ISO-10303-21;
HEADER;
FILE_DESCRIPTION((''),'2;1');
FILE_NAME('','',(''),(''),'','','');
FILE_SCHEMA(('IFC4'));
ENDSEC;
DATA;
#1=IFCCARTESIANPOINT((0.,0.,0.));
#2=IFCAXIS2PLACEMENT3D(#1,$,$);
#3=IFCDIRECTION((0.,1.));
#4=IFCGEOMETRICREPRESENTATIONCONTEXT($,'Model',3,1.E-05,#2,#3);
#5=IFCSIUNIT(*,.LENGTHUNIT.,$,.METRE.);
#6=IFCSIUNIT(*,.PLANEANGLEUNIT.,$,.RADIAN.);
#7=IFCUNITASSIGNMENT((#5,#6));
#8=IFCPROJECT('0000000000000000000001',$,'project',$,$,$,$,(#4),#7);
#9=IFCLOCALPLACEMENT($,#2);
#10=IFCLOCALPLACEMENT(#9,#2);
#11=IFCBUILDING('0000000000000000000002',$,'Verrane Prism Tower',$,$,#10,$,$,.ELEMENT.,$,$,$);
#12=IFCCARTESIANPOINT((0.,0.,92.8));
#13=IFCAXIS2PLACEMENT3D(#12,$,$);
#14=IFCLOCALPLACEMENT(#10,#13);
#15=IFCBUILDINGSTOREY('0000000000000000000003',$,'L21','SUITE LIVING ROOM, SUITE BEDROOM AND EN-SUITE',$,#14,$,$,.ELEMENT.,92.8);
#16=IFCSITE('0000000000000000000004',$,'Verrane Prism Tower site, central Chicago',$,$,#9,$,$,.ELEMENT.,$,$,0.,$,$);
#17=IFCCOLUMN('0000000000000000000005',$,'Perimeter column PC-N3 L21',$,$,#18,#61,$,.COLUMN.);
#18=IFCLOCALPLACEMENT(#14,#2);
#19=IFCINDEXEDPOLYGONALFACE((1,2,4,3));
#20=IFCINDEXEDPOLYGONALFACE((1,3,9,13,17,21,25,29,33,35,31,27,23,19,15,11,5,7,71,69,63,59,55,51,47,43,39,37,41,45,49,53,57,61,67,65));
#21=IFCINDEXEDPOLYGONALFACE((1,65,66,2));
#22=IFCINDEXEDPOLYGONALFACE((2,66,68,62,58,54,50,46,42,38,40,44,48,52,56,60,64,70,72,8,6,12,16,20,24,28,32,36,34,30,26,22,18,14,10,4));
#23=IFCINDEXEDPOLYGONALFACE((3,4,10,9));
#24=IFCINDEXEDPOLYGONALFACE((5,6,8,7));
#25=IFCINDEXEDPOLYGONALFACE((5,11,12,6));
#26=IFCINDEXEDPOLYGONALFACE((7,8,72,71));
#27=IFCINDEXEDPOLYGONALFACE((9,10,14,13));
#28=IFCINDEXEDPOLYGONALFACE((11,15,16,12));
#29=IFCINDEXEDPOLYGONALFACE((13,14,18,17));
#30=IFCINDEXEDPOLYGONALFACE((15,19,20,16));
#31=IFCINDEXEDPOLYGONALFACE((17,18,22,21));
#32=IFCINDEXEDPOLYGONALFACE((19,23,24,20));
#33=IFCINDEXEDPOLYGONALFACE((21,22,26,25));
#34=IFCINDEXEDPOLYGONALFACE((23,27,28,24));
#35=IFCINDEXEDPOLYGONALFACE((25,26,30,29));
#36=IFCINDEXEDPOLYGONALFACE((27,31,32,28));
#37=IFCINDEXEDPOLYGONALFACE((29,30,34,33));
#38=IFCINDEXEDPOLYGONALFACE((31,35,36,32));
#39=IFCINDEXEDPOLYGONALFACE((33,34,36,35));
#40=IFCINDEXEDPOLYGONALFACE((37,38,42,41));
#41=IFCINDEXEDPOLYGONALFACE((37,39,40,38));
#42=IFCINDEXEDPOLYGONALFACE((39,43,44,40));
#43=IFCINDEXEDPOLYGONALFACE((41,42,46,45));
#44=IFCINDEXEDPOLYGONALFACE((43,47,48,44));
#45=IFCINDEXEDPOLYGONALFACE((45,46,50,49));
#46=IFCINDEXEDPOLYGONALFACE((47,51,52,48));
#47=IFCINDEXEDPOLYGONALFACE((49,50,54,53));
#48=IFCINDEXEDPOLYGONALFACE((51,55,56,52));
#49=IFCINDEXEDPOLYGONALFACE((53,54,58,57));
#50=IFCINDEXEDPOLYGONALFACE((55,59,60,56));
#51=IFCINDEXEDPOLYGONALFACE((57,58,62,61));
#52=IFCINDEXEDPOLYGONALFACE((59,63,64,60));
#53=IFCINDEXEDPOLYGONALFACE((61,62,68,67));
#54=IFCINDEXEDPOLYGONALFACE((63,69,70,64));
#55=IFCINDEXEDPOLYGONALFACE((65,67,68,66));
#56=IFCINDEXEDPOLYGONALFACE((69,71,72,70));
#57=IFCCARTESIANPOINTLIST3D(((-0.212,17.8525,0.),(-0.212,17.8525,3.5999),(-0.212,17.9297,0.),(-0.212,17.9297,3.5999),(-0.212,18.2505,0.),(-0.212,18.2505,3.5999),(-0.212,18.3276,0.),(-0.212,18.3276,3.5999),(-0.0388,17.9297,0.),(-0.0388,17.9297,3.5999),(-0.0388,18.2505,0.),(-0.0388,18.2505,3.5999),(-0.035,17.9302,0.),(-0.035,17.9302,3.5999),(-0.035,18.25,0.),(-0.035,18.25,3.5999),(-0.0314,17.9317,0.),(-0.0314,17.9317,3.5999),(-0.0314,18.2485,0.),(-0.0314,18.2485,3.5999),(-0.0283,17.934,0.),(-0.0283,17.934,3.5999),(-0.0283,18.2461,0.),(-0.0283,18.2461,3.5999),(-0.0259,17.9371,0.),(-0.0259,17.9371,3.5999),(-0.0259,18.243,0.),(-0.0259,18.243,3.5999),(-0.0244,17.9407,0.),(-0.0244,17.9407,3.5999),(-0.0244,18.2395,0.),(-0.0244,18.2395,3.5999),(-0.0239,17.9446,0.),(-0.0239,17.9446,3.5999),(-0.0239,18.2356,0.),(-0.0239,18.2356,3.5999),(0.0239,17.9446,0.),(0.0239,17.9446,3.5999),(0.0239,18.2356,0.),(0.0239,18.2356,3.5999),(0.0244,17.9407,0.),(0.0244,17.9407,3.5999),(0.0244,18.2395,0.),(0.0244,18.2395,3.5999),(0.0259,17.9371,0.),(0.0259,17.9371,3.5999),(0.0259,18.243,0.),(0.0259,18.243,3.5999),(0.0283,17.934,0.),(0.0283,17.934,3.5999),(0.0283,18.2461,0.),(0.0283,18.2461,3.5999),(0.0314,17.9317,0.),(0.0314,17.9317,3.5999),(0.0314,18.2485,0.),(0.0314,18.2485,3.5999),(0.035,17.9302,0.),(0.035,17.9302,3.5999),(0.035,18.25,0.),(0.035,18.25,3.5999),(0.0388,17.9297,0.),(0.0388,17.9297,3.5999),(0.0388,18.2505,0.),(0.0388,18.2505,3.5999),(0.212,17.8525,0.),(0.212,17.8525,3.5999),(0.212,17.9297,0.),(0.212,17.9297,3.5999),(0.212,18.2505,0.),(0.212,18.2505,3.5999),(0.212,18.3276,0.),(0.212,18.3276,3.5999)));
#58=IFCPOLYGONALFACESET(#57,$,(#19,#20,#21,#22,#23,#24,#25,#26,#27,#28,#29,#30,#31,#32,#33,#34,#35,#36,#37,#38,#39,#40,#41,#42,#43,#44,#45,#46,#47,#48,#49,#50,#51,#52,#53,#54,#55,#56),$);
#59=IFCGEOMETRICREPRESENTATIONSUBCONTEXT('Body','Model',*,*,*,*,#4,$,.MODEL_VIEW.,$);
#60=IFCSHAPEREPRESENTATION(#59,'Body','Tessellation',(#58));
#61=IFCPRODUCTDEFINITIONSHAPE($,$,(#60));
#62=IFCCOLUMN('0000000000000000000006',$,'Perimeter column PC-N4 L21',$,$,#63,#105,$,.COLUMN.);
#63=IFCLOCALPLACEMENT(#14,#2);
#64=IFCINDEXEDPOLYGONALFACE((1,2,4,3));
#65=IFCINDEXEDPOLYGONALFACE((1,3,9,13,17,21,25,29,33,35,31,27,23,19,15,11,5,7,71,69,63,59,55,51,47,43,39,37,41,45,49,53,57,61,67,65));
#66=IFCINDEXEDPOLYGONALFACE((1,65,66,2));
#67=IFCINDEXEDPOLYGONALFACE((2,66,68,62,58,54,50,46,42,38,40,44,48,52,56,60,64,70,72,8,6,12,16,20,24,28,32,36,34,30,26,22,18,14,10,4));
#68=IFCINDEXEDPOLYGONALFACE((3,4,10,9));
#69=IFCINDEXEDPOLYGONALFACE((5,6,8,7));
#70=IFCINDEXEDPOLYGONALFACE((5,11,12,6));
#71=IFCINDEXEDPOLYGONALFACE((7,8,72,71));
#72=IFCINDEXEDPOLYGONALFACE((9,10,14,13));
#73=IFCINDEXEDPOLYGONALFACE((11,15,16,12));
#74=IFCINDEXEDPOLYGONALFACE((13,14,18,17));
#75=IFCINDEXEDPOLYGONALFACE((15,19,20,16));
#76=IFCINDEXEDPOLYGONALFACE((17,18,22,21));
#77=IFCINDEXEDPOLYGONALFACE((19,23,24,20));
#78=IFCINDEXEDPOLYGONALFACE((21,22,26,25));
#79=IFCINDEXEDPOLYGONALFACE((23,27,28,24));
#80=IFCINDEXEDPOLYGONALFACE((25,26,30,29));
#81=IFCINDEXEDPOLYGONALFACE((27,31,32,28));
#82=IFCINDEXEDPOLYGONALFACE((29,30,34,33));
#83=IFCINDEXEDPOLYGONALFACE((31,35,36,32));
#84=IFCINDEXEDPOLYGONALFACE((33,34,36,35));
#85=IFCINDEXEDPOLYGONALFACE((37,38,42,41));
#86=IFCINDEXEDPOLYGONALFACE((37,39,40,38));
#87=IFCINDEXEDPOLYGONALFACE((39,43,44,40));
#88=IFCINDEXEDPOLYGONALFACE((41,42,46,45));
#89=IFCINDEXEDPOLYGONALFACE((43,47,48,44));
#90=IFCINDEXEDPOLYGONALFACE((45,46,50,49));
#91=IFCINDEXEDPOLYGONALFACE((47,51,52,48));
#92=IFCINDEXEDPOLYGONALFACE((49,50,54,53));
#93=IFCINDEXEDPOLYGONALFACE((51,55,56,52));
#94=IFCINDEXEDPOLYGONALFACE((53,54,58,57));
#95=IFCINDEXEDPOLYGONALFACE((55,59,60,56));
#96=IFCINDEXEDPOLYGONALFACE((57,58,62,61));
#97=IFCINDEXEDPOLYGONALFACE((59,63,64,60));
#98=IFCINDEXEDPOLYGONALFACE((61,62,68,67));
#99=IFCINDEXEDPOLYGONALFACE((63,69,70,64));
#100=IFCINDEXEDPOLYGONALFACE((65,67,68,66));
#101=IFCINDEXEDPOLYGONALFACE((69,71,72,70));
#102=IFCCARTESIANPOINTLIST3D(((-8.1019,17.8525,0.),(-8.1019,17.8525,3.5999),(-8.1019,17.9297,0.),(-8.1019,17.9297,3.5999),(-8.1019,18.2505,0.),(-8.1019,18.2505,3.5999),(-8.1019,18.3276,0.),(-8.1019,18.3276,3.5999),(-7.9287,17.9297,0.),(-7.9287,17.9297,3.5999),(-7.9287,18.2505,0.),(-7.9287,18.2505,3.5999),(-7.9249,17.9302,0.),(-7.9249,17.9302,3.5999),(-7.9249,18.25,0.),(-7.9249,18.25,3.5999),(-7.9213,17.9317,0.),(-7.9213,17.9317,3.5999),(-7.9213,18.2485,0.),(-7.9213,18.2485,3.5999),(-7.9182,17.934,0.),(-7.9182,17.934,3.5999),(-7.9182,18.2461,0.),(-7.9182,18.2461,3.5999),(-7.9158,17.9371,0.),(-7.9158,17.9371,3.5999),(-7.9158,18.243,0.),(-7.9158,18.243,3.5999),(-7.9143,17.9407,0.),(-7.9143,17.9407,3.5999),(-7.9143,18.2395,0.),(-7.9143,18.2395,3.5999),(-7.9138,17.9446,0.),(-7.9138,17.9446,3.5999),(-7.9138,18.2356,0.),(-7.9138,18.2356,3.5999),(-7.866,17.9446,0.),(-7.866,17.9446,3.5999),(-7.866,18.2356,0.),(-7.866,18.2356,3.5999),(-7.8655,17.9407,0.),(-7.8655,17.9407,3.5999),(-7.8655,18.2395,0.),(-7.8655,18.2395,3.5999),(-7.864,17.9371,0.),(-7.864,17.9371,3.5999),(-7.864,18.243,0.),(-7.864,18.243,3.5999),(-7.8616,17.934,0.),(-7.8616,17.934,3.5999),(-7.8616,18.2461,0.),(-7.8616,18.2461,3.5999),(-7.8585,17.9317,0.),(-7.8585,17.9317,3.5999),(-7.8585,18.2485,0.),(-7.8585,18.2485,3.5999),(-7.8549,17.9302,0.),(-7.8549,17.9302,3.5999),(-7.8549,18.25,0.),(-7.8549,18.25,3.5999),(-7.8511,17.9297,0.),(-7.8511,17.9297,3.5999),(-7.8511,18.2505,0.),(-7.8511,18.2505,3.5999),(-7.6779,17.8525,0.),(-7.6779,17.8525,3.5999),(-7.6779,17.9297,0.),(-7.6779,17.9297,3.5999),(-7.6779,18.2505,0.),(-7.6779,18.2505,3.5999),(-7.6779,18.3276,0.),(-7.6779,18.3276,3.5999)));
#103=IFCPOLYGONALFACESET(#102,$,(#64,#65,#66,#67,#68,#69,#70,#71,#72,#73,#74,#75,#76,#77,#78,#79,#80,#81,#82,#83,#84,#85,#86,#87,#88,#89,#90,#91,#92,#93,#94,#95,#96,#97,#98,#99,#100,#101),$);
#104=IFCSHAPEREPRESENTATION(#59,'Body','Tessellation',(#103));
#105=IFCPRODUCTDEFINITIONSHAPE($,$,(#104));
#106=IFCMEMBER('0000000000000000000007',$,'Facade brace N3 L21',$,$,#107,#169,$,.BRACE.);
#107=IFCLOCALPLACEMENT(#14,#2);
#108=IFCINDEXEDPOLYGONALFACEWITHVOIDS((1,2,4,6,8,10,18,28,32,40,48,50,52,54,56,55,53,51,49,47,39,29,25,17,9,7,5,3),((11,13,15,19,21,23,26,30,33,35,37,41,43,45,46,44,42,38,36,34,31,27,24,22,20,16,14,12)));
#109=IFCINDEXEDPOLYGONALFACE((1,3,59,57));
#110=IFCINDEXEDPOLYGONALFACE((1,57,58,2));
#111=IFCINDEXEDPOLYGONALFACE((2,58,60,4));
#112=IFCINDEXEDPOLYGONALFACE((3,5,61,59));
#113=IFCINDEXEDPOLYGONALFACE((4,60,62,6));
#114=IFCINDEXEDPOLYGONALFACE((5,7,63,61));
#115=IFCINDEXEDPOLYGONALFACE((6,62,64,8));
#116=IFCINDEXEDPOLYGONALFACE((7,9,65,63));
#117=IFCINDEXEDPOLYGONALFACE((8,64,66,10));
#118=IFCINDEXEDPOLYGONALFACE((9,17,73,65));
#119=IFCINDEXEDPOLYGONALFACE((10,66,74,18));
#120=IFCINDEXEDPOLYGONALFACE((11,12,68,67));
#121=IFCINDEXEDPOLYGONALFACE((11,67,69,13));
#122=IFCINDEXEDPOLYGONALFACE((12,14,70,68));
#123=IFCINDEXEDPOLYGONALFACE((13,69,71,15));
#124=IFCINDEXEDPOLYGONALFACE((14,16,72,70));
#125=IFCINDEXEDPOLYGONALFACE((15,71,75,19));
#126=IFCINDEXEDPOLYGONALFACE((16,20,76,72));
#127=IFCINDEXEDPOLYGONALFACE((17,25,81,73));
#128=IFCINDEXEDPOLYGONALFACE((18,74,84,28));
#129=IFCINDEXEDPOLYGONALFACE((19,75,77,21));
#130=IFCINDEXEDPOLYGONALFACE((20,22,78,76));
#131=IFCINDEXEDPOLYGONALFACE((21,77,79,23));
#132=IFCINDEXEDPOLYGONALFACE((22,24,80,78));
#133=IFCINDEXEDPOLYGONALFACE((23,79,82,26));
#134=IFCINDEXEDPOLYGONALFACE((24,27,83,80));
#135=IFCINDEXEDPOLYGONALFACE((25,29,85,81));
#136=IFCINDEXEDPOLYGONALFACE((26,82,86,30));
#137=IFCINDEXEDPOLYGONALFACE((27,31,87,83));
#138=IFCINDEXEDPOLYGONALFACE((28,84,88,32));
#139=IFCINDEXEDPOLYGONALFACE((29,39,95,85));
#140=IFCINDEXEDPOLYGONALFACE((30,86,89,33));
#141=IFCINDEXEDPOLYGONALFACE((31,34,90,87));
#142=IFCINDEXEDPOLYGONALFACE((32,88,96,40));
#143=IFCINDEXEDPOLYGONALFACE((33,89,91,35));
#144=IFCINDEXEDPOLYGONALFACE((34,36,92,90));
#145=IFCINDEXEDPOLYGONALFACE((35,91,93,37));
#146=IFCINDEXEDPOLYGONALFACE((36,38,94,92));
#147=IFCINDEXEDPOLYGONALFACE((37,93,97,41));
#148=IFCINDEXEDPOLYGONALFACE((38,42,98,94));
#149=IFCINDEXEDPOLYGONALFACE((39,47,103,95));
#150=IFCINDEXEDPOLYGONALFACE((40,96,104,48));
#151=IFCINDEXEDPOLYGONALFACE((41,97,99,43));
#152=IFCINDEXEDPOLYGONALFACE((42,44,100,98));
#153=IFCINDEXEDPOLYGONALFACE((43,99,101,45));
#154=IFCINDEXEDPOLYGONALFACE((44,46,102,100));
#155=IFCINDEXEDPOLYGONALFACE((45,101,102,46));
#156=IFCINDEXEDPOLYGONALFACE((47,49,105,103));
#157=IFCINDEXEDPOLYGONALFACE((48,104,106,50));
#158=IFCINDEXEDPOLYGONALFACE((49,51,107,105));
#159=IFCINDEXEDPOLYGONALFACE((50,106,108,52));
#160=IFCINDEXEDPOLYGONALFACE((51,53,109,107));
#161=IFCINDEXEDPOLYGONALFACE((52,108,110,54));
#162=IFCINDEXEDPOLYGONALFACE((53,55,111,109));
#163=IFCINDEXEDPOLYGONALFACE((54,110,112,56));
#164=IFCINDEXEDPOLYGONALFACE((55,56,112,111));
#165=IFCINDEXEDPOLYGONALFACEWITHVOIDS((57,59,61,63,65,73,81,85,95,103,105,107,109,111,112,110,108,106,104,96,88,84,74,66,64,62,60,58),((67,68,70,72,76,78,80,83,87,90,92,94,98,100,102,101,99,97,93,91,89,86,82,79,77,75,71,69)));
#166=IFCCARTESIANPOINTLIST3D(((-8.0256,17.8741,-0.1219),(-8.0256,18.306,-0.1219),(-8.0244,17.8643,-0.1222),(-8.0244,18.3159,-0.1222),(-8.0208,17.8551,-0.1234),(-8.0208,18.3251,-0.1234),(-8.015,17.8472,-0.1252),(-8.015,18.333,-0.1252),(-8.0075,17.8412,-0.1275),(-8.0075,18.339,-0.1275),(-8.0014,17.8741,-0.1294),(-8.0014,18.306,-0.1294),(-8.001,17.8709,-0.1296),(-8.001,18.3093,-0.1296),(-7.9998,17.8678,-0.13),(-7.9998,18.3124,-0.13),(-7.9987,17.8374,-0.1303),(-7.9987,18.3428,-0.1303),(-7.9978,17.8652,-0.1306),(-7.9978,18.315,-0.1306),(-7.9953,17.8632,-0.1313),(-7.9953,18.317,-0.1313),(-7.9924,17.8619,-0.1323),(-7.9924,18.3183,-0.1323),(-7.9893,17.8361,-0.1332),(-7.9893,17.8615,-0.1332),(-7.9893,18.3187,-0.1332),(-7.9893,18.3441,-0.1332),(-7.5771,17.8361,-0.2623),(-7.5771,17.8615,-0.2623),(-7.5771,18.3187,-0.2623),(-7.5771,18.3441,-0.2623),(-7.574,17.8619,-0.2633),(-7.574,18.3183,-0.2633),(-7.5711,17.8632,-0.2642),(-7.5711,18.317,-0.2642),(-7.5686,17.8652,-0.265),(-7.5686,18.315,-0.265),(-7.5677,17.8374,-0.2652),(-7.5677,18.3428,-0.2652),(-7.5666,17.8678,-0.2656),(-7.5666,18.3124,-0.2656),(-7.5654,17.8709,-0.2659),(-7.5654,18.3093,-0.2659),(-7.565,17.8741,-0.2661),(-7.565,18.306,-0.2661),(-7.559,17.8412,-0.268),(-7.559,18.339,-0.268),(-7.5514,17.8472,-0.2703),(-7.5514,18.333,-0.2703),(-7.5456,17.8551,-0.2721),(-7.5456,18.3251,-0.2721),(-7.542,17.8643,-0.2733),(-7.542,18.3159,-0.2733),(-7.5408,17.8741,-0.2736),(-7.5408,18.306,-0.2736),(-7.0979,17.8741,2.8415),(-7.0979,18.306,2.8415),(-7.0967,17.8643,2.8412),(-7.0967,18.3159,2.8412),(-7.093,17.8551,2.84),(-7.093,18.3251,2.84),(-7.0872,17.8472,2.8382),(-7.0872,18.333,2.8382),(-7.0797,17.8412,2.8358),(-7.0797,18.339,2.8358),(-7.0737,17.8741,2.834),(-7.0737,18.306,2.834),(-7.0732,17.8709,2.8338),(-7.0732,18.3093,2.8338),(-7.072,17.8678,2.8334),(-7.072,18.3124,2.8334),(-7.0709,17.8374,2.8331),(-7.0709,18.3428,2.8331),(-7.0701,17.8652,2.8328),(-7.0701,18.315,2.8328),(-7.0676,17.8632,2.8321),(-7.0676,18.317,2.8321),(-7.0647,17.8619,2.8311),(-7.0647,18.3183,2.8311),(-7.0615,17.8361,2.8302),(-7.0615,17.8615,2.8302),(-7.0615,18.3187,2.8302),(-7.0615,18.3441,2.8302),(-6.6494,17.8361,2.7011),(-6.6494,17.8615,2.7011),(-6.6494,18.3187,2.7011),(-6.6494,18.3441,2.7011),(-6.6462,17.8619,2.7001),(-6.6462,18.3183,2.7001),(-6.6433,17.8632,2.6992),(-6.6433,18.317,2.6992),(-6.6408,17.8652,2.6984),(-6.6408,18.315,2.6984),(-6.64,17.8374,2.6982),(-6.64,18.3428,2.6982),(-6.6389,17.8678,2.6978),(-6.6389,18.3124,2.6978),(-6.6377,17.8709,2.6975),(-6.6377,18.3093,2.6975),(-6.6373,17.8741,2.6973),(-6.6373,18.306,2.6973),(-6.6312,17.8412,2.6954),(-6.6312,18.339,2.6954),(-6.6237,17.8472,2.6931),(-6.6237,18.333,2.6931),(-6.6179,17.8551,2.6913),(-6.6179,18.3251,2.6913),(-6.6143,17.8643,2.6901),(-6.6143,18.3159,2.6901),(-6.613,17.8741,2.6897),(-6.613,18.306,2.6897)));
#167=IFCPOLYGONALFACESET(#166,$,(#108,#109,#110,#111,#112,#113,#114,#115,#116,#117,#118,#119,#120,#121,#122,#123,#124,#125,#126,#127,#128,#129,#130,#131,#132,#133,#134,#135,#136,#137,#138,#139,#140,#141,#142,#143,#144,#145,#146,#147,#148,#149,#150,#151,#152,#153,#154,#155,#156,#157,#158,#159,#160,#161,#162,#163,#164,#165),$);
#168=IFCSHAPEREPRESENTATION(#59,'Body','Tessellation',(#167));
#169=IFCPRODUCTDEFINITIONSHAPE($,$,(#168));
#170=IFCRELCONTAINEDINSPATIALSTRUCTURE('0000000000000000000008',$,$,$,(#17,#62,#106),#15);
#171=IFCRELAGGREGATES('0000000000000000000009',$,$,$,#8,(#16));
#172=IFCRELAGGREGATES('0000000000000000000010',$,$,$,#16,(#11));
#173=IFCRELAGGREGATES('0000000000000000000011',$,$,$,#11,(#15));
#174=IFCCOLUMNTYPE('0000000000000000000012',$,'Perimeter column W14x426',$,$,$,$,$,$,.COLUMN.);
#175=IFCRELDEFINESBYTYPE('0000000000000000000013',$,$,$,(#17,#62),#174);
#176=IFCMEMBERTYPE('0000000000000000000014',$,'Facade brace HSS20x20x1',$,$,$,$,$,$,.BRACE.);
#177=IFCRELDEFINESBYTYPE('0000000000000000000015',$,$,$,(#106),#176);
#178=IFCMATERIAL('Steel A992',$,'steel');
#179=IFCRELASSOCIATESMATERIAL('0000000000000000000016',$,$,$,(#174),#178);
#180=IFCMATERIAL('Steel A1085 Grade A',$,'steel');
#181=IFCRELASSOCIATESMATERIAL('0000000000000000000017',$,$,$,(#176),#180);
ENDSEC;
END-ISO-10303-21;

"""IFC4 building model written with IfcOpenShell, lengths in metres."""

from ifc_helpers import new_model, si_unit, direction, frame, origin, origin_2d, place, context, subcontext, project, spatial, hollow_rectangle, i_section, extrude, material, material_profile, profile_set, type_object, element, save


model = new_model("IFC4")

# Units and contexts
model_context = context("Model", 3, precision=1e-05, world=origin(), true_north=direction((0.0, 1.0)))
body_context = subcontext(model_context, "Body", "Model", "MODEL_VIEW")
ifc_project = project(units=[si_unit("LENGTHUNIT", "METRE"), si_unit("PLANEANGLEUNIT", "RADIAN")], contexts=[model_context])

# Site, building, storey
site_placement = place(None, origin())
site = spatial("IfcSite", under=ifc_project, at=site_placement, Name="Verrane Prism Tower site, central Chicago", CompositionType="ELEMENT", RefElevation=0.0)
building_placement = place(site_placement, origin())
building = spatial("IfcBuilding", under=site, at=building_placement, Name="Verrane Prism Tower", CompositionType="ELEMENT")
storey_placement = place(building_placement, frame((0.0, 0.0, 92.8)))
storey = spatial("IfcBuildingStorey", under=building, at=storey_placement, Name="L21", Description="SUITE LIVING ROOM, SUITE BEDROOM AND EN-SUITE", CompositionType="ELEMENT", Elevation=92.8)

# Columns
ifc_material_1 = material(Name="Steel A992", Category="steel")
ifc_material_profile_1 = material_profile(ifc_material_1, i_section(OverallWidth=0.4241, OverallDepth=0.4751, WebThickness=0.0479, FlangeThickness=0.0771, FilletRadius=0.0149, at=origin_2d()), Name="W14x426")
ifc_profile_set_1 = profile_set([ifc_material_profile_1], Name="Steel A992")
column_type = type_object("IfcColumnType", Name="Perimeter column W14x426", PredefinedType="COLUMN", material=ifc_profile_set_1)
for number, where, z_axis, x_axis, name in (
    (1, (0.0, 18.0901, 0.0), (0.0, 0.0, 1.0), (1.0, 0.0, 0.0), "Perimeter column PC-N3 L21"),
    (2, (-7.8899, 18.0901, 0.0), (0.0, 0.0, 1.0), (1.0, 0.0, 0.0), "Perimeter column PC-N4 L21"),
):
    element("IfcColumn", number, at=place(storey_placement, frame(where, z_axis=z_axis, x_axis=x_axis)), inside=storey, type_object=column_type, Name=name, PredefinedType="COLUMN", context=body_context, shape_type="SweptSolid", body=[
        extrude(i_section(OverallWidth=0.4241, OverallDepth=0.4751, WebThickness=0.0479, FlangeThickness=0.0771, FilletRadius=0.0149, at=origin_2d()), origin(), (0.0, 0.0, 1.0), 3.5999),
    ])

# Member
ifc_material_2 = material(Name="Steel A1085 Grade A", Category="steel")
ifc_material_profile_2 = material_profile(ifc_material_2, hollow_rectangle(XDim=0.5081, YDim=0.5081, WallThickness=0.0254, InnerFilletRadius=0.0127, OuterFilletRadius=0.0381, at=origin_2d()), Name="HSS20x20x1")
ifc_profile_set_2 = profile_set([ifc_material_profile_2], Name="Steel A1085 Grade A")
member_type_1 = type_object("IfcMemberType", Name="Facade brace HSS20x20x1", PredefinedType="BRACE", material=ifc_profile_set_2)
for number, where, z_axis, x_axis, name in (
    (3, (-7.7832, 18.0901, -0.1978), (0.298767, 0.0, 0.954326), (0.0, 1.0, 0.0), "Facade brace N3 L21"),
):
    element("IfcMember", number, at=place(storey_placement, frame(where, z_axis=z_axis, x_axis=x_axis)), inside=storey, type_object=member_type_1, Name=name, PredefinedType="BRACE", context=body_context, shape_type="SweptSolid", body=[
        extrude(hollow_rectangle(XDim=0.5081, YDim=0.5081, WallThickness=0.0254, InnerFilletRadius=0.0127, OuterFilletRadius=0.0381, at=origin_2d()), origin(), (0.0, 0.0, 1.0), 3.1052),
    ])

save(model, "model.ifc")
